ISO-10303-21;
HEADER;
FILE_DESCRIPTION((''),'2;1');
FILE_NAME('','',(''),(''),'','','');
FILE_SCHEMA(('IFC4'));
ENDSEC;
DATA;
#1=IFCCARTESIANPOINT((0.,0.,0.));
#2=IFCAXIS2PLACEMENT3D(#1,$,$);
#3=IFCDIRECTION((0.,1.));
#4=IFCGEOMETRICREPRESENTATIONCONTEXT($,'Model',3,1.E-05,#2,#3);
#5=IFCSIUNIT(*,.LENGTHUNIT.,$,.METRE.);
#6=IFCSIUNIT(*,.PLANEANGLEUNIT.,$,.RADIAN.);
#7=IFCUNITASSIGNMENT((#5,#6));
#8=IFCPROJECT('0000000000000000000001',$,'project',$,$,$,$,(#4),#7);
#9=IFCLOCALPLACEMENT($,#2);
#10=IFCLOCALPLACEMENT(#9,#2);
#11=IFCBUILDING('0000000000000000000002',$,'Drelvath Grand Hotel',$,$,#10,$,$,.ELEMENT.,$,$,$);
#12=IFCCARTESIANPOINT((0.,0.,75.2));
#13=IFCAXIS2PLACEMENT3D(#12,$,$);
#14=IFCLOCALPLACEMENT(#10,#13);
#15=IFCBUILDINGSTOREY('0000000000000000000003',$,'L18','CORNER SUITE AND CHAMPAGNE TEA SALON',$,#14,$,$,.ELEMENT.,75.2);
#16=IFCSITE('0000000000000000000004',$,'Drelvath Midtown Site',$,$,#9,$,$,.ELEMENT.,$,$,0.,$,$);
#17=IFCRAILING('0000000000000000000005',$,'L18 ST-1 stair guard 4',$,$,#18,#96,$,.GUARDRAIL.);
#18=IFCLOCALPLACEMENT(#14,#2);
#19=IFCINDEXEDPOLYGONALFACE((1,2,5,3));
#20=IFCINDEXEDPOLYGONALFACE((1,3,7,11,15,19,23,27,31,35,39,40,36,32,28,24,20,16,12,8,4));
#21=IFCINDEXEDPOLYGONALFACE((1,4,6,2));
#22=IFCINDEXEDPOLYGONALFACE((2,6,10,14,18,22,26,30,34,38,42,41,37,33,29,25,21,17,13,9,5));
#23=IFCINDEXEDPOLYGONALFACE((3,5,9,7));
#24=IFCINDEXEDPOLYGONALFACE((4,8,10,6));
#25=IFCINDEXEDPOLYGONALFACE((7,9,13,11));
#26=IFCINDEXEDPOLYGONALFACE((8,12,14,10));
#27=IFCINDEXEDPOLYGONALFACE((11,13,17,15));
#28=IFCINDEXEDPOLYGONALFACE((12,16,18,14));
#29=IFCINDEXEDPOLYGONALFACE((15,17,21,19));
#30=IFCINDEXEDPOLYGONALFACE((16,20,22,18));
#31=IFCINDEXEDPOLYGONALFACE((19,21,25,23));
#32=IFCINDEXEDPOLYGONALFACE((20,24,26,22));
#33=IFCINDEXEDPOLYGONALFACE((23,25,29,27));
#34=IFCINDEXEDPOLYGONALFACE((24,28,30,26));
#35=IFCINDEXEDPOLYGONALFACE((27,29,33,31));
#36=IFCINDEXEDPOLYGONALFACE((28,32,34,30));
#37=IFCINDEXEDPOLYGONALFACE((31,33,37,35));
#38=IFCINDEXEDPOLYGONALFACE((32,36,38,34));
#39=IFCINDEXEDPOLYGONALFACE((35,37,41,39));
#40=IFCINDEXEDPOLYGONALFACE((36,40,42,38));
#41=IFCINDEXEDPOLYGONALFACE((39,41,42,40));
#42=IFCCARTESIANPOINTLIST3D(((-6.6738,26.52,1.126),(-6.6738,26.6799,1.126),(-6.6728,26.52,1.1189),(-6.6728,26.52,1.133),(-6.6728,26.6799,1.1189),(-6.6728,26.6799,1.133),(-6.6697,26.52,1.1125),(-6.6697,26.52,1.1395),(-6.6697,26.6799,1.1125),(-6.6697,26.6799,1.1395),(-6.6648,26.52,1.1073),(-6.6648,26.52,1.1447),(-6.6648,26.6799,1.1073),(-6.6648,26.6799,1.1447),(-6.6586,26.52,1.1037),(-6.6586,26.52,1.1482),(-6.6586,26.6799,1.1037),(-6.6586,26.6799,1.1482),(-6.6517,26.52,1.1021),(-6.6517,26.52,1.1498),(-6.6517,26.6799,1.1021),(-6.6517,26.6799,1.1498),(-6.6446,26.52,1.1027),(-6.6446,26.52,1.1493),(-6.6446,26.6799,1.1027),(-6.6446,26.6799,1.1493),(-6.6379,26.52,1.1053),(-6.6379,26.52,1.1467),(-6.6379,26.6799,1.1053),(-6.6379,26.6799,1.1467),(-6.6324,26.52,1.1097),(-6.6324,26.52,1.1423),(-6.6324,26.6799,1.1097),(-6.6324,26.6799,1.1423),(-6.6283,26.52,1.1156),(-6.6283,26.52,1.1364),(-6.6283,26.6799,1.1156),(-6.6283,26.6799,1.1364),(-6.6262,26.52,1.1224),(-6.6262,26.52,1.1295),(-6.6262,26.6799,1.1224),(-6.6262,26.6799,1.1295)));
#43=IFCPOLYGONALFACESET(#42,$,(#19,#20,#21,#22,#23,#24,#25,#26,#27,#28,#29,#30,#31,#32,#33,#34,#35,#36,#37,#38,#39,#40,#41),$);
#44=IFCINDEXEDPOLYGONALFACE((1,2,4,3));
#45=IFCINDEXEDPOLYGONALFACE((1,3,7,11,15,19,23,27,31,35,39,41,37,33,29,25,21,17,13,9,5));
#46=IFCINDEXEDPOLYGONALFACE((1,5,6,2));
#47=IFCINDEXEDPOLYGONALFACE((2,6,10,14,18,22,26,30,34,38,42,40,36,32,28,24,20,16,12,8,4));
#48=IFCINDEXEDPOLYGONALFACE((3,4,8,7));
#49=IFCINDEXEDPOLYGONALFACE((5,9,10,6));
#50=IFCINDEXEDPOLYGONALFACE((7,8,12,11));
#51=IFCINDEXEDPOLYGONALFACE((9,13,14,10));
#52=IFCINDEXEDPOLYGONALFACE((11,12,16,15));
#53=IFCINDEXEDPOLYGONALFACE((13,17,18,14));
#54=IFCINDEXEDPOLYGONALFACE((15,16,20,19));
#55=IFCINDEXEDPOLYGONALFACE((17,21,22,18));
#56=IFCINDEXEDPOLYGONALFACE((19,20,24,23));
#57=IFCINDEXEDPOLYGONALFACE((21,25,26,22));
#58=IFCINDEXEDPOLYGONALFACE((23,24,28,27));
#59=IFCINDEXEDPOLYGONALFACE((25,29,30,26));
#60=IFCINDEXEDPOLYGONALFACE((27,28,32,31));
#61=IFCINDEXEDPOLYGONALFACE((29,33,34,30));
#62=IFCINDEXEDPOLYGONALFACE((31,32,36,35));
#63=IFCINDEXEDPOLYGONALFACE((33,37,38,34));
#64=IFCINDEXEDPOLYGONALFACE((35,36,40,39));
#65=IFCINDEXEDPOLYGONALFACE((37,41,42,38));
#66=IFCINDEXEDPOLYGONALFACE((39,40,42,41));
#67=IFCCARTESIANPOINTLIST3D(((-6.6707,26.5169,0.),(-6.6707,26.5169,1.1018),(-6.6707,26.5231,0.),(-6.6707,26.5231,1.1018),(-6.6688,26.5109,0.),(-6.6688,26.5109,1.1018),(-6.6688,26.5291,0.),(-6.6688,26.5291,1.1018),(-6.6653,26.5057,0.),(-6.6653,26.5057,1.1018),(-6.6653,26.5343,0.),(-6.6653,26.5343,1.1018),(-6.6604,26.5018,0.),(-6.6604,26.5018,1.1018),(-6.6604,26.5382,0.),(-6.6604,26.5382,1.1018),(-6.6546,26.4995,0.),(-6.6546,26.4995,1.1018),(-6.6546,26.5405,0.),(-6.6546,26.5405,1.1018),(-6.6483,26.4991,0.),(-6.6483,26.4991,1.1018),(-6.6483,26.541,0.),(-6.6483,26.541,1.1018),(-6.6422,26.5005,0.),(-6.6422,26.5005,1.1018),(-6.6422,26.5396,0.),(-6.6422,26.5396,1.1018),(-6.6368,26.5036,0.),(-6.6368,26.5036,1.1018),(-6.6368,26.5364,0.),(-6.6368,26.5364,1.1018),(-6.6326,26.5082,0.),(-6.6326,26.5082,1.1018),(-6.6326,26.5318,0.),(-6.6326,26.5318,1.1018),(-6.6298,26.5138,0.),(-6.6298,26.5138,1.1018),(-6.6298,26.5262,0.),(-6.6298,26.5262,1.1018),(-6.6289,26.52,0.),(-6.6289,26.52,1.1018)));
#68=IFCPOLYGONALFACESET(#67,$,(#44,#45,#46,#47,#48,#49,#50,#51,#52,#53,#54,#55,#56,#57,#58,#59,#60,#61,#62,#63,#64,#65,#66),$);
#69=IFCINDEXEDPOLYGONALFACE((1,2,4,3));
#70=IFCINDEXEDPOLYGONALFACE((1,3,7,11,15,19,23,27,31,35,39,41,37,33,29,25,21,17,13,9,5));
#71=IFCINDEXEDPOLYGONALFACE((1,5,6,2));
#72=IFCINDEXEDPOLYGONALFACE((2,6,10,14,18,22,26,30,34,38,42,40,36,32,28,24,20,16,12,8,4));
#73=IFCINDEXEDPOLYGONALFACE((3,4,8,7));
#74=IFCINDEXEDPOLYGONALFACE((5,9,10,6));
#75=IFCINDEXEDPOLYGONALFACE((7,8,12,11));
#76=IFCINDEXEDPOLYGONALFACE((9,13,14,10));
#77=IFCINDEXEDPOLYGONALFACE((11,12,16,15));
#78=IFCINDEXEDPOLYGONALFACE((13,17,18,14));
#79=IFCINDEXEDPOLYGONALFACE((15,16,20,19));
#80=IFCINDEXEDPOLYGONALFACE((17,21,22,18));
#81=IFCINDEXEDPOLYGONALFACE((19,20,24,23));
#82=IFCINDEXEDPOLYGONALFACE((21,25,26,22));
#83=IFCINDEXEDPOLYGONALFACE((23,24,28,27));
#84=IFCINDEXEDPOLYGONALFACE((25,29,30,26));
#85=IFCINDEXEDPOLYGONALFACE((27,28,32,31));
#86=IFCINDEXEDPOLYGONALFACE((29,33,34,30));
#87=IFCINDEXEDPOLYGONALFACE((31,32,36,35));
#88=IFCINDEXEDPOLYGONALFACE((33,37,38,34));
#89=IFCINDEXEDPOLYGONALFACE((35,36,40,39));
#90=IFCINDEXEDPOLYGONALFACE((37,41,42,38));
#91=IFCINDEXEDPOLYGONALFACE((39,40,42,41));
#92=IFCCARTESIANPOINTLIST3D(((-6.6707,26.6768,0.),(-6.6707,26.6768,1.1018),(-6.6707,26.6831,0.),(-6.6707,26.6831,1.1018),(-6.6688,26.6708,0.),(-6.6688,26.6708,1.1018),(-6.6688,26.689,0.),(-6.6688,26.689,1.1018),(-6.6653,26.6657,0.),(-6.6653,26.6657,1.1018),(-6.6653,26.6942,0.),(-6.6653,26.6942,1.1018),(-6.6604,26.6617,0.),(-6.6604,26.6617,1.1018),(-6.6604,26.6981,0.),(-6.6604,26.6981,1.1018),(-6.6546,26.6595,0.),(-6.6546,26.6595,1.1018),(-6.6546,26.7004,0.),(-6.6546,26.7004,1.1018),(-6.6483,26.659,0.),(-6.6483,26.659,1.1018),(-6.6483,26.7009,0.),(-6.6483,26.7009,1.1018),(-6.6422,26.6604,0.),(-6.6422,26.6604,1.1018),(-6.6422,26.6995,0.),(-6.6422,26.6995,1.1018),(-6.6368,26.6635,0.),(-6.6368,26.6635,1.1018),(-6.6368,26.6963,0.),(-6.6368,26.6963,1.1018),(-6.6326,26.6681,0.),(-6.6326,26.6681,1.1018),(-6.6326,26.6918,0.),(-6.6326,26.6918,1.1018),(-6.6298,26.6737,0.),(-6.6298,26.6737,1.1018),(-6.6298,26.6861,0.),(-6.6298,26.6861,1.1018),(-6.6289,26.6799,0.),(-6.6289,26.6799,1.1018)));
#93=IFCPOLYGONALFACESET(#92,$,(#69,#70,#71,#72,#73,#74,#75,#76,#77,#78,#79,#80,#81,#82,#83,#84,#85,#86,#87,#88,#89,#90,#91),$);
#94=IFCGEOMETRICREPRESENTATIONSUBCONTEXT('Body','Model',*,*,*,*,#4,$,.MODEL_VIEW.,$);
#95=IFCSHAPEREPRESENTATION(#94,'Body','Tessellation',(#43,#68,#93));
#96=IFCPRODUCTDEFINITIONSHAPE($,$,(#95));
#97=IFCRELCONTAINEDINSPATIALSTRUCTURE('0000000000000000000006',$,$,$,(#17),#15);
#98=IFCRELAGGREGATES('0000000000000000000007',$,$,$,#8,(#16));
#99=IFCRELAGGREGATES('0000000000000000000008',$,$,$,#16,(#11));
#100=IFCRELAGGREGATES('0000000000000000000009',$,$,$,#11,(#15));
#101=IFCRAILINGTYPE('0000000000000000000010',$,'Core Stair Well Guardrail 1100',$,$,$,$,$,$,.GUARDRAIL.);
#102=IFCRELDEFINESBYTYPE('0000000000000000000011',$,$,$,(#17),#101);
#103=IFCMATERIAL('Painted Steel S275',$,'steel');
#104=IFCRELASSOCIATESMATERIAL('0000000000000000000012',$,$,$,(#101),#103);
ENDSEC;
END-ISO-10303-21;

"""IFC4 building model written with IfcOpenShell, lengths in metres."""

from ifc_helpers import new_model, si_unit, direction, frame, origin, origin_2d, place, context, subcontext, project, spatial, circle, extrude, material, type_object, element, save


model = new_model("IFC4")

# Units and contexts
model_context = context("Model", 3, precision=1e-05, world=origin(), true_north=direction((0.0, 1.0)))
body_context = subcontext(model_context, "Body", "Model", "MODEL_VIEW")
ifc_project = project(units=[si_unit("LENGTHUNIT", "METRE"), si_unit("PLANEANGLEUNIT", "RADIAN")], contexts=[model_context])

# Site, building, storey
site_placement = place(None, origin())
site = spatial("IfcSite", under=ifc_project, at=site_placement, Name="Drelvath Midtown Site", CompositionType="ELEMENT", RefElevation=0.0)
building_placement = place(site_placement, origin())
building = spatial("IfcBuilding", under=site, at=building_placement, Name="Drelvath Grand Hotel", CompositionType="ELEMENT")
storey_placement = place(building_placement, frame((0.0, 0.0, 75.2)))
storey = spatial("IfcBuildingStorey", under=building, at=storey_placement, Name="L18", Description="CORNER SUITE AND CHAMPAGNE TEA SALON", CompositionType="ELEMENT", Elevation=75.2)

# Shared definitions
ifc_material_1 = material(Name="Painted Steel S275", Category="steel")

# Railing
railing_type_1 = type_object("IfcRailingType", Name="Core Stair Well Guardrail 1100", PredefinedType="GUARDRAIL", material=ifc_material_1)
railing_1_placement = place(storey_placement, frame((-6.6499, 26.52, 0.0)))
element("IfcRailing", 1, at=railing_1_placement, inside=storey, type_object=railing_type_1, Name="L18 ST-1 stair guard 4", PredefinedType="GUARDRAIL", context=body_context, shape_type="SweptSolid", body=[
    extrude(circle(Radius=0.0239, at=origin_2d()), frame((0.0, 0.0, 1.126), z_axis=(0.0, 1.0, 0.0), x_axis=(-1.0, 0.0, 0.0)), (0.0, 0.0, 1.0), 0.1599),
    extrude(circle(Radius=0.021, at=origin_2d()), origin(), (0.0, 0.0, 1.0), 1.1018),
    extrude(circle(Radius=0.021, at=origin_2d()), frame((0.0, 0.1599, 0.0)), (0.0, 0.0, 1.0), 1.1018),
])

save(model, "model.ifc")
